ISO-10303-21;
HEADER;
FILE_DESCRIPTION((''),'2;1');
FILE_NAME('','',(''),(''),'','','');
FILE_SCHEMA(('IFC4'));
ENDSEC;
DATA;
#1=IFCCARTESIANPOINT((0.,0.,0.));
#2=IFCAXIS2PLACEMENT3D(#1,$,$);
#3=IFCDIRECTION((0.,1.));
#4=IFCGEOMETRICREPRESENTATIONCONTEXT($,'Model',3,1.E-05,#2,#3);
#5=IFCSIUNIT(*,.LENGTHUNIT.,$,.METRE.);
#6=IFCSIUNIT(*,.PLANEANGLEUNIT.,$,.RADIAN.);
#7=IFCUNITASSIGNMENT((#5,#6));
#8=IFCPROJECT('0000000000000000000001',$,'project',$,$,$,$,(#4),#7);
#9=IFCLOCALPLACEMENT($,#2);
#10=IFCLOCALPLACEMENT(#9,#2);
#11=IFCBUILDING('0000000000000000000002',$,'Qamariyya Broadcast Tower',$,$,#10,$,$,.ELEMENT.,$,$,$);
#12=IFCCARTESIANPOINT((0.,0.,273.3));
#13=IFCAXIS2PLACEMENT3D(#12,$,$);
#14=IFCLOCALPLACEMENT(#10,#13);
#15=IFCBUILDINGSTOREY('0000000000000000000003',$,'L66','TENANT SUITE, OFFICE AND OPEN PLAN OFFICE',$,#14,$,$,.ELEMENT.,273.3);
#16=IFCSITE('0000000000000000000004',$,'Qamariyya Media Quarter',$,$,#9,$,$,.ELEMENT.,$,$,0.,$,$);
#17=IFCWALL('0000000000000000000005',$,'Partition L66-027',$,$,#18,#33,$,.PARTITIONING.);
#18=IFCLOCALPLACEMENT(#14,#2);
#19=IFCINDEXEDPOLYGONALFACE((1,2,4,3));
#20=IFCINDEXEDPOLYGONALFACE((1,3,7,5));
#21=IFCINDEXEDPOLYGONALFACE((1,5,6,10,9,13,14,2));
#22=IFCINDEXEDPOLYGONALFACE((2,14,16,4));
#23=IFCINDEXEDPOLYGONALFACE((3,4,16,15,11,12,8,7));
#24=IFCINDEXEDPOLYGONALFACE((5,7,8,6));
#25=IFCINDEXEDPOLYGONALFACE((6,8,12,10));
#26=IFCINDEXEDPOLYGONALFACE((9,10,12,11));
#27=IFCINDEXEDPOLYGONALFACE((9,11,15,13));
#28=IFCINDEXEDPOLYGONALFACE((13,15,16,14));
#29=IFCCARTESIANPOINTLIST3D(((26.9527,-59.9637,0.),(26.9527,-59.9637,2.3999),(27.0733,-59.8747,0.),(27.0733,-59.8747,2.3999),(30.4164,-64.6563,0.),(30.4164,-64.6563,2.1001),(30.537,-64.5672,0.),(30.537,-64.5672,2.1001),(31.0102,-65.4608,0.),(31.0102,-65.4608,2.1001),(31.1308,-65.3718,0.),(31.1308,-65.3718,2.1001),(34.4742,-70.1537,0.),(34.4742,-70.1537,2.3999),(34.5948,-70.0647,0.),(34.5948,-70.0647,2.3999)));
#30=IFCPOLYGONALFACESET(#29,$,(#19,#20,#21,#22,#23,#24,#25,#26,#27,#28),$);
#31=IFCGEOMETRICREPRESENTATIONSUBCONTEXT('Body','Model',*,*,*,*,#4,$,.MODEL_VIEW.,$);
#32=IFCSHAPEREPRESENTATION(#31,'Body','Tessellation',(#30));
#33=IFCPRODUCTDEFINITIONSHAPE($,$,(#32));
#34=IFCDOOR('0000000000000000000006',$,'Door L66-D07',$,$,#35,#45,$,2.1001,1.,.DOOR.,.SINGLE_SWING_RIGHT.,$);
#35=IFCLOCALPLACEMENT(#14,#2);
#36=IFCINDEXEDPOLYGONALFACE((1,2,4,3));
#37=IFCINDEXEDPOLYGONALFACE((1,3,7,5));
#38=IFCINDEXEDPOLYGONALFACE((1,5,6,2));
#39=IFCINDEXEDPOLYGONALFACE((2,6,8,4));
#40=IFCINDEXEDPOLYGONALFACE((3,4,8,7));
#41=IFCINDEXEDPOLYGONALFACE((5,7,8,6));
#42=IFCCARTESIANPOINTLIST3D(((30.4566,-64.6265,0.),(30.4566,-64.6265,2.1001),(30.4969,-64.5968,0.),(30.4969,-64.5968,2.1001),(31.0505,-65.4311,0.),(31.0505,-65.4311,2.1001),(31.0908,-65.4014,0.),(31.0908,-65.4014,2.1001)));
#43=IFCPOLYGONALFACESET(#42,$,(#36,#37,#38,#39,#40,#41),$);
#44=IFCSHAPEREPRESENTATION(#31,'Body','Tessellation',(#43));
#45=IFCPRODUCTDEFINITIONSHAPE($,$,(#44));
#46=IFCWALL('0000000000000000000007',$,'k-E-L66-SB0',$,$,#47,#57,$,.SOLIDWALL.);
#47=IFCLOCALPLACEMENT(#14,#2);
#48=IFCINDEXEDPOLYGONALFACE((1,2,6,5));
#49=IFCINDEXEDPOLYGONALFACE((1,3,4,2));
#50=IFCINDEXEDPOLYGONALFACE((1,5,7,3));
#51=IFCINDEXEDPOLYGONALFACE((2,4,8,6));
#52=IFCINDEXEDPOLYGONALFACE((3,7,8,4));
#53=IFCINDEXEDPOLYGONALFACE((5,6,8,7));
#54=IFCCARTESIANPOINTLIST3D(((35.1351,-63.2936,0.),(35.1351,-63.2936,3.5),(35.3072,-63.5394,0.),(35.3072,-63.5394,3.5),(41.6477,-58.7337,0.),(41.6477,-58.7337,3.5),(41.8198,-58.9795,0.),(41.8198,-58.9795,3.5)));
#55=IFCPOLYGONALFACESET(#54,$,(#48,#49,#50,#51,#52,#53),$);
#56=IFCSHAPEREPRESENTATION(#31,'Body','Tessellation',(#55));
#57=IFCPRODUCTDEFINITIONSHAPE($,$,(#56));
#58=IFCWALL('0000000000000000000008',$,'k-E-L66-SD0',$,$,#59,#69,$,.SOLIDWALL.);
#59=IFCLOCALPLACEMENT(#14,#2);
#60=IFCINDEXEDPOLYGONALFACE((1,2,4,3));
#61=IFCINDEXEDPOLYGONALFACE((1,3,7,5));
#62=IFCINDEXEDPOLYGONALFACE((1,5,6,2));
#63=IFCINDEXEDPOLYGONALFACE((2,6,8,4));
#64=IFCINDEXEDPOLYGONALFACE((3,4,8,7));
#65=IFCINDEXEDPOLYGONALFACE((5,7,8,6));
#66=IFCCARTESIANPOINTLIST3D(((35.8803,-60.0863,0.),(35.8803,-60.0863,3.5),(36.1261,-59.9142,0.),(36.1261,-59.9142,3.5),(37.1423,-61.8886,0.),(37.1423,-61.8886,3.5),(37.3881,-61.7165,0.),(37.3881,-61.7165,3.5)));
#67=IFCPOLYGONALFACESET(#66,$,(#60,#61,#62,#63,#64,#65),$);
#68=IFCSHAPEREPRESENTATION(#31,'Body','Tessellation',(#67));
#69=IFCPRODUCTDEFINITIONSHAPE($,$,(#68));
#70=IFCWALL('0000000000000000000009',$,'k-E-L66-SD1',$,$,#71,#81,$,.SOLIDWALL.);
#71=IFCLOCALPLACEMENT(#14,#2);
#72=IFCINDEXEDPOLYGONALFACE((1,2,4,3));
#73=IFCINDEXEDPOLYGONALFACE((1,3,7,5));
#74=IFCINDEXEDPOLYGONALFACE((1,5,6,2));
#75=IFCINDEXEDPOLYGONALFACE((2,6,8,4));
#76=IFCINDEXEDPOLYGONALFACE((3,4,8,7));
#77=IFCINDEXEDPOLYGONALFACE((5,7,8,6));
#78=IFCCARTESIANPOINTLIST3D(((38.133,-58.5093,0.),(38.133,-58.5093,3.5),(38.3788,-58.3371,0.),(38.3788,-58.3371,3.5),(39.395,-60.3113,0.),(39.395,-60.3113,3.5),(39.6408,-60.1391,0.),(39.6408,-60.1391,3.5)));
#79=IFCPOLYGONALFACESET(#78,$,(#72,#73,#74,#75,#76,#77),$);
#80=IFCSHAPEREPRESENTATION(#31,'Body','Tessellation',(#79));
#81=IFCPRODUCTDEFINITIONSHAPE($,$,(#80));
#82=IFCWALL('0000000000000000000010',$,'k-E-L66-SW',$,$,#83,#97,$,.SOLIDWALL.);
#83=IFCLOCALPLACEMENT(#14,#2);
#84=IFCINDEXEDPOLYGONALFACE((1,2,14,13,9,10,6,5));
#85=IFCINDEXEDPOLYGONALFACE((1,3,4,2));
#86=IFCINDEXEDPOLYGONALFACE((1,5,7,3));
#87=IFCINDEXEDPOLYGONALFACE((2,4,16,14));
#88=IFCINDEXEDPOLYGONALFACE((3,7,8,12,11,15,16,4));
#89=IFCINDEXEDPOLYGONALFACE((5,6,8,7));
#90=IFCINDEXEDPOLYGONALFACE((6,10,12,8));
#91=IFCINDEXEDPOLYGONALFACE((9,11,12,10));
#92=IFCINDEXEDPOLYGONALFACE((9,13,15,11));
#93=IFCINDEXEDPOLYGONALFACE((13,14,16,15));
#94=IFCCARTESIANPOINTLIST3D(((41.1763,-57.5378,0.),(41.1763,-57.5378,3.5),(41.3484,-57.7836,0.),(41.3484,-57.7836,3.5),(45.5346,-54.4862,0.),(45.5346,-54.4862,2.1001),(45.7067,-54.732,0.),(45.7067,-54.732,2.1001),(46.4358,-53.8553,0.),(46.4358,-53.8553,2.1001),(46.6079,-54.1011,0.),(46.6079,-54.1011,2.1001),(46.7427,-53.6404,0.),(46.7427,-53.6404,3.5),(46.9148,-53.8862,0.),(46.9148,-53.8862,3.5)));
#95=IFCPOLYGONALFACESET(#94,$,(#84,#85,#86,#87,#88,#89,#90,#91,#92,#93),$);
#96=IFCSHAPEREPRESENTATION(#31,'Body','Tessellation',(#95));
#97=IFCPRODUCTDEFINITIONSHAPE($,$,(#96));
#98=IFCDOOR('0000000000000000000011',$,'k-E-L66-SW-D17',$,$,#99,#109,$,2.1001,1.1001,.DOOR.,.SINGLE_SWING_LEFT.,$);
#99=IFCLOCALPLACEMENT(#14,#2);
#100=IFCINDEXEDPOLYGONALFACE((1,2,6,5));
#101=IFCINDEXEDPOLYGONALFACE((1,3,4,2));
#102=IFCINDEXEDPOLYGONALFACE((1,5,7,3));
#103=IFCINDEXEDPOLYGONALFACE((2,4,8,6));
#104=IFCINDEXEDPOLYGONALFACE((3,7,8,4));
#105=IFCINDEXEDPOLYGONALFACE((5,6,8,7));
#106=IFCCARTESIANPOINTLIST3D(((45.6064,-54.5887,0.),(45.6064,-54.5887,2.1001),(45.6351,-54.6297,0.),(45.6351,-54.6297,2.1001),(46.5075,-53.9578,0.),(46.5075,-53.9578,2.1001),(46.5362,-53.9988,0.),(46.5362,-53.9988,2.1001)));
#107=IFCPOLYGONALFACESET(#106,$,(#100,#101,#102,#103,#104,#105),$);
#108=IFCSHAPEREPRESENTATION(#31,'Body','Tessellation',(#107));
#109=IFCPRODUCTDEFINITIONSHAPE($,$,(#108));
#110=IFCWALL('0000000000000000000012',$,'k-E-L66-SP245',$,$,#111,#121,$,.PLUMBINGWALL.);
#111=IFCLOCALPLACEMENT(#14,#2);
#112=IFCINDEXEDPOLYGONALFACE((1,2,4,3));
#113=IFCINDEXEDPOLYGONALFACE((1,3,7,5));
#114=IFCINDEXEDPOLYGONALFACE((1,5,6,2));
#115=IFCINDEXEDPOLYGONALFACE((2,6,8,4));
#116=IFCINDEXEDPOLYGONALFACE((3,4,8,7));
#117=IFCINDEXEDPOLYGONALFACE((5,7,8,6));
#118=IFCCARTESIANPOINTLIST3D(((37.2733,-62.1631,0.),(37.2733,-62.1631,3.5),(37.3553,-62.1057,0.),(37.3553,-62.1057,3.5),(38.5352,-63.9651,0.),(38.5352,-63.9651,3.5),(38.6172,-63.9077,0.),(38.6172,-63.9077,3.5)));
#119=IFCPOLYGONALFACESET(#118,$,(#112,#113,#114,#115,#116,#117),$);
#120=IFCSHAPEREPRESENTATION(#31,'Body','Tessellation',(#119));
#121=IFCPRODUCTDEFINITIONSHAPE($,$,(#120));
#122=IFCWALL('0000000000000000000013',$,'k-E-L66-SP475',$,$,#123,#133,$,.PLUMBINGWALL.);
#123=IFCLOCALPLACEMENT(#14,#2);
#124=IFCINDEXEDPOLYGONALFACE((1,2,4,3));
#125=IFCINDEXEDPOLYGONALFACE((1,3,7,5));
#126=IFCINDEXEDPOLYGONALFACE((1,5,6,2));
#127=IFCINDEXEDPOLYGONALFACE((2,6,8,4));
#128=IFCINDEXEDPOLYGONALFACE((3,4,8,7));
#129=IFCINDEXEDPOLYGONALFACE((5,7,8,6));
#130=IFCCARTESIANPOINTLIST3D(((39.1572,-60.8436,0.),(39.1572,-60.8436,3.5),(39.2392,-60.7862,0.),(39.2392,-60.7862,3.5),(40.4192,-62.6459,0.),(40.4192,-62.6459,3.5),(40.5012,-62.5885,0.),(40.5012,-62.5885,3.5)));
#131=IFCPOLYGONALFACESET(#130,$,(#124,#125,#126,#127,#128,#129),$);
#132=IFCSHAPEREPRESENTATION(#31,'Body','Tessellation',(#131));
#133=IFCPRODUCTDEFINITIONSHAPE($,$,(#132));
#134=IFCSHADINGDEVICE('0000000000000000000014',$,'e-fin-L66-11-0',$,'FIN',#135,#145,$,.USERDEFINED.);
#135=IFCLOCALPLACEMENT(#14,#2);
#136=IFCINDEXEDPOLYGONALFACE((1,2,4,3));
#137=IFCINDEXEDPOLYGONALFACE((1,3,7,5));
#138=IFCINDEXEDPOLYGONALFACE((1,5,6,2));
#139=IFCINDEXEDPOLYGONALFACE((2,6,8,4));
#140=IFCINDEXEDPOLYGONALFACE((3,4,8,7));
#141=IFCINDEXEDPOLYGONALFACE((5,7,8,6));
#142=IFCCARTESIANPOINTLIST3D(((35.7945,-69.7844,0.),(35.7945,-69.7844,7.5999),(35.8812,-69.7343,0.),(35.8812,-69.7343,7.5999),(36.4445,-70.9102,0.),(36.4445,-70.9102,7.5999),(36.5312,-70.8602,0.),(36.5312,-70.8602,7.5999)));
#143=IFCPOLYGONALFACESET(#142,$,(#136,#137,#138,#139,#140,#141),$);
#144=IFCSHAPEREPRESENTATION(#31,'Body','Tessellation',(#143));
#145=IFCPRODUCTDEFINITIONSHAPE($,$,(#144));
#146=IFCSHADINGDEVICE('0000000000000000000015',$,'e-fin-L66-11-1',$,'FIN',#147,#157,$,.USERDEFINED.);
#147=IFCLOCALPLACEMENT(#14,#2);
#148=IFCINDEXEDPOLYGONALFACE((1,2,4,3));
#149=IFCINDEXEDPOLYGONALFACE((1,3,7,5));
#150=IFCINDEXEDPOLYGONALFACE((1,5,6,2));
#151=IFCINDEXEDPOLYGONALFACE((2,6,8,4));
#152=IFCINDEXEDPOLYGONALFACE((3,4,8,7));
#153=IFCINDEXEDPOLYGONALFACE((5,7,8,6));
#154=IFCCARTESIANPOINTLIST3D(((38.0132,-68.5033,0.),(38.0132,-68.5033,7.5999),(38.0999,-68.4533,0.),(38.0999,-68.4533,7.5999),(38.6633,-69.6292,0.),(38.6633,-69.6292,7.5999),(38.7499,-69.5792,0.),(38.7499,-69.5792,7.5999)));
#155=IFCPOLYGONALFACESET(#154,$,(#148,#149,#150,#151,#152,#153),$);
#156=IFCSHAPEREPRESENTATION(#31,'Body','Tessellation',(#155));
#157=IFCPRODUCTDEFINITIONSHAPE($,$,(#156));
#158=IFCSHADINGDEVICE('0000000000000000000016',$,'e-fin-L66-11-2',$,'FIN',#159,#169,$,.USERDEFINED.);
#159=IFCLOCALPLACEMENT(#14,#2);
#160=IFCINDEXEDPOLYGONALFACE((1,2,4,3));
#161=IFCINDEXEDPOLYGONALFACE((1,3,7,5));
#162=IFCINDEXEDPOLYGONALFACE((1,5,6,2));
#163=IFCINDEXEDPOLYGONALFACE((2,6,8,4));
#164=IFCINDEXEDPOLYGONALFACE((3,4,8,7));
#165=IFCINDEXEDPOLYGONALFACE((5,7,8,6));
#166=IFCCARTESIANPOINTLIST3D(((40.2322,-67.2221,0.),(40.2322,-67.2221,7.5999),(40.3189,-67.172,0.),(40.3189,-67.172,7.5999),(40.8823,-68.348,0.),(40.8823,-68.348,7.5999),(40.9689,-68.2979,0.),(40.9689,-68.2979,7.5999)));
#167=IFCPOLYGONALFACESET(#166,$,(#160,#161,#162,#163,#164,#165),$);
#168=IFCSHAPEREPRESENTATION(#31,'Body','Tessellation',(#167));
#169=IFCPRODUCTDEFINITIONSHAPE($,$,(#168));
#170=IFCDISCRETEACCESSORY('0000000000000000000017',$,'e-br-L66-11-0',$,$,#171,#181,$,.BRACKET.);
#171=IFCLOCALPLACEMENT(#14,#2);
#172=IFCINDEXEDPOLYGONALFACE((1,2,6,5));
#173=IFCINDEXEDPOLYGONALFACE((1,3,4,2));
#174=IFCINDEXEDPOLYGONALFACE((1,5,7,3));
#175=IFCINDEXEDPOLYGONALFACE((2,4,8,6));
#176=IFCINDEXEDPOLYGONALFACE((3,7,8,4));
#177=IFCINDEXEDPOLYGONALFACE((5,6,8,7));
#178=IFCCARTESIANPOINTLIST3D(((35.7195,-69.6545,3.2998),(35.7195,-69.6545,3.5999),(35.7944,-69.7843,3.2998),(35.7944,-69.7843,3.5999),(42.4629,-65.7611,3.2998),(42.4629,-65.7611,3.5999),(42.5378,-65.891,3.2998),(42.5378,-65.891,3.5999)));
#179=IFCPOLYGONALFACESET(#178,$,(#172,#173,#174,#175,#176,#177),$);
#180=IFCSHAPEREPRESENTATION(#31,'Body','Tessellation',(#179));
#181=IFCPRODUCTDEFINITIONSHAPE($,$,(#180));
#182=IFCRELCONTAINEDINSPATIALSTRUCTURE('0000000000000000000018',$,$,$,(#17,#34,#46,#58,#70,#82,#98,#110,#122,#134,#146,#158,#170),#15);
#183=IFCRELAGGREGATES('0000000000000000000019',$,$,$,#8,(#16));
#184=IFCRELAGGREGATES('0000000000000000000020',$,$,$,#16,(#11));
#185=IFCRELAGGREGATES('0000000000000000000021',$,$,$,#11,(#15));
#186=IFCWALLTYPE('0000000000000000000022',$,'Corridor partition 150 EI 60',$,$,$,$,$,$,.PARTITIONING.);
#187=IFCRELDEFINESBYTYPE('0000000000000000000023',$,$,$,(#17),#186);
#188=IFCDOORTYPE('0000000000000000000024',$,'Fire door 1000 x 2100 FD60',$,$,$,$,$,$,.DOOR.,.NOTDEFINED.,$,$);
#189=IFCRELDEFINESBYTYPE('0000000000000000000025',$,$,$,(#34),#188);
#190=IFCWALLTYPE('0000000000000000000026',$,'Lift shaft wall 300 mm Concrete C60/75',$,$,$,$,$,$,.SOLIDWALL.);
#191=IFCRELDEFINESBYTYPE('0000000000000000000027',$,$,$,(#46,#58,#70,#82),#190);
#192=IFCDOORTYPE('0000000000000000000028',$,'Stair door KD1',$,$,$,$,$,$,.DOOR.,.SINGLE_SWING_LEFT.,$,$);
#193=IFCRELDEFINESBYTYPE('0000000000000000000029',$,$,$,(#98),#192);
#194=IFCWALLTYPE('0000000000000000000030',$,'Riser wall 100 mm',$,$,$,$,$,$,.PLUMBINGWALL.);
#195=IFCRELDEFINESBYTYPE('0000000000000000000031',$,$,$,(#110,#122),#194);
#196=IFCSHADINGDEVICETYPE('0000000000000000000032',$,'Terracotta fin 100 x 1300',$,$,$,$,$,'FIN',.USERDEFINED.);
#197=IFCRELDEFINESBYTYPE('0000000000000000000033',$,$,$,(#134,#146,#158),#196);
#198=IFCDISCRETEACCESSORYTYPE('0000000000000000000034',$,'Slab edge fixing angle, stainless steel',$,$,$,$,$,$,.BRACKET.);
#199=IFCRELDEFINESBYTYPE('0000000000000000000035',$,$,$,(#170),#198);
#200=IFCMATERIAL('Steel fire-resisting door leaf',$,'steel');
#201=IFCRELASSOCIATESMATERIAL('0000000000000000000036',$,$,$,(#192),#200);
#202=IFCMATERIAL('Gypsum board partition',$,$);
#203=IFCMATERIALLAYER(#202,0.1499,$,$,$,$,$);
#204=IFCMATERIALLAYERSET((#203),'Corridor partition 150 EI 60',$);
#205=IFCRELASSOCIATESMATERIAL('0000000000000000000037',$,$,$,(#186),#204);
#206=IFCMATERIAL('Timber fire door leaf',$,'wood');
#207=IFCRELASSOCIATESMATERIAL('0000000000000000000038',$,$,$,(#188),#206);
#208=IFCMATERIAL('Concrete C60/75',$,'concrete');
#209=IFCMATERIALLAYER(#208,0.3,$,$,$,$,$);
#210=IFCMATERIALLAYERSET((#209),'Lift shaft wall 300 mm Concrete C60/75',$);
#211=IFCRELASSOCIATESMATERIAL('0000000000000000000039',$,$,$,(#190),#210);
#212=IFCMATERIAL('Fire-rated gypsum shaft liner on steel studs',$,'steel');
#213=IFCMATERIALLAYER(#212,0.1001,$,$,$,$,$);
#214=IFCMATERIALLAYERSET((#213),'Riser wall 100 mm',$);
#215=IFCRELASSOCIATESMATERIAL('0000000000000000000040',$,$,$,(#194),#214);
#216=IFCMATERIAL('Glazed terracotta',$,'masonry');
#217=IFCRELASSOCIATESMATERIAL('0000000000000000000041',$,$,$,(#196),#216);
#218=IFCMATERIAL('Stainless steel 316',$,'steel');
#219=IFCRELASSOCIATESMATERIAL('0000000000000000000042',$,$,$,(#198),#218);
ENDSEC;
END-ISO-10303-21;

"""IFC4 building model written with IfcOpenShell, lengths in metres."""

from ifc_helpers import new_model, si_unit, direction, frame, frame_2d, origin, origin_2d, place, context, subcontext, project, spatial, rectangle, extrude, material, layer, layer_set, material_profile, profile_set, type_object, element, fill, save


model = new_model("IFC4")

# Units and contexts
model_context = context("Model", 3, precision=1e-05, world=origin(), true_north=direction((0.0, 1.0)))
body_context = subcontext(model_context, "Body", "Model", "MODEL_VIEW")
ifc_project = project(units=[si_unit("LENGTHUNIT", "METRE"), si_unit("PLANEANGLEUNIT", "RADIAN")], contexts=[model_context])

# Site, building, storey
site_placement = place(None, origin())
site = spatial("IfcSite", under=ifc_project, at=site_placement, Name="Qamariyya Media Quarter", CompositionType="ELEMENT", RefElevation=0.0)
building_placement = place(site_placement, origin())
building = spatial("IfcBuilding", under=site, at=building_placement, Name="Qamariyya Broadcast Tower", CompositionType="ELEMENT")
storey_placement = place(building_placement, frame((0.0, 0.0, 273.3)))
storey = spatial("IfcBuildingStorey", under=building, at=storey_placement, Name="L66", Description="TENANT SUITE, OFFICE AND OPEN PLAN OFFICE", CompositionType="ELEMENT", Elevation=273.3)

# Shared definitions
ifc_material_1 = material(Name="Concrete C60/75", Category="concrete")
ifc_material_2 = material(Name="Steel fire-resisting door leaf", Category="steel")

# Shared definitions
door_type_1 = type_object("IfcDoorType", Name="Stair door KD1", OperationType="SINGLE_SWING_LEFT", PredefinedType="DOOR", material=ifc_material_2)

# Wall, opening, door
ifc_material_3 = material(Name="Gypsum board partition")
ifc_layer_1 = layer(ifc_material_3, 0.1499)
ifc_layer_set_1 = layer_set([ifc_layer_1], Name="Corridor partition 150 EI 60")
wall_type_1 = type_object("IfcWallType", Name="Corridor partition 150 EI 60", PredefinedType="PARTITIONING", material=ifc_layer_set_1)
wall_1_placement = place(storey_placement, frame((34.5344, -70.1091, 0.0), z_axis=(0.0, 0.0, 1.0), x_axis=(-0.59387, 0.804561, 0.0)))
wall_1 = element("IfcWall", 1, at=wall_1_placement, inside=storey, type_object=wall_type_1, Name="Partition L66-027", PredefinedType="PARTITIONING", context=body_context, shape_type="SweptSolid", body=[
    extrude(rectangle(XDim=12.6653, YDim=0.1499, at=frame_2d((6.3325, 0.0))), origin(), (0.0, 0.0, 1.0), 2.3999),
])
opening_1_placement = place(wall_1_placement, frame((5.8328, 0.0, 0.0)))
opening_1 = element("IfcOpeningElement", 2, at=opening_1_placement, cuts=wall_1, PredefinedType="OPENING", context=body_context, shape_type="SweptSolid", body=[
    extrude(rectangle(XDim=1.0, YDim=2.1001, at=frame_2d((0.5, 1.05))), frame((0.0, 0.085, 0.0), z_axis=(0.0, -1.0, 0.0), x_axis=(1.0, 0.0, 0.0)), (0.0, 0.0, 1.0), 0.1699),
])
ifc_material_4 = material(Name="Timber fire door leaf", Category="wood")
door_type_2 = type_object("IfcDoorType", Name="Fire door 1000 x 2100 FD60", OperationType="NOTDEFINED", PredefinedType="DOOR", material=ifc_material_4)
door_1_placement = place(opening_1_placement, origin())
door_1 = element("IfcDoor", 3, at=door_1_placement, inside=storey, type_object=door_type_2, Name="Door L66-D07", OperationType="SINGLE_SWING_RIGHT", OverallHeight=2.1001, OverallWidth=1.0, PredefinedType="DOOR", context=body_context, shape_type="SweptSolid", body=[
    extrude(rectangle(XDim=1.0, YDim=2.1001, at=frame_2d((0.5, 1.05))), frame((0.0, 0.0249, 0.0), z_axis=(0.0, -1.0, 0.0), x_axis=(1.0, 0.0, 0.0)), (0.0, 0.0, 1.0), 0.05),
])
fill(opening_1, door_1)

# Walls
ifc_layer_2 = layer(ifc_material_1, 0.3)
ifc_layer_set_2 = layer_set([ifc_layer_2], Name="Lift shaft wall 300 mm Concrete C60/75")
wall_type_2 = type_object("IfcWallType", Name="Lift shaft wall 300 mm Concrete C60/75", PredefinedType="SOLIDWALL", material=ifc_layer_set_2)
wall_2_placement = place(storey_placement, frame((35.2212, -63.4165, 0.0), z_axis=(0.0, 0.0, 1.0), x_axis=(0.819167, 0.573555, 0.0)))
element("IfcWall", 4, at=wall_2_placement, inside=storey, type_object=wall_type_2, Name="k-E-L66-SB0", PredefinedType="SOLIDWALL", context=body_context, shape_type="SweptSolid", body=[
    extrude(rectangle(XDim=7.9502, YDim=0.3, at=frame_2d((3.9751, 0.0))), origin(), (0.0, 0.0, 1.0), 3.5),
])
wall_3_placement = place(storey_placement, frame((36.0032, -60.0002, 0.0), z_axis=(0.0, 0.0, 1.0), x_axis=(0.573581, -0.819149, 0.0)))
element("IfcWall", 5, at=wall_3_placement, inside=storey, type_object=wall_type_2, Name="k-E-L66-SD0", PredefinedType="SOLIDWALL", context=body_context, shape_type="SweptSolid", body=[
    extrude(rectangle(XDim=2.2002, YDim=0.3, at=frame_2d((1.1001, 0.0))), origin(), (0.0, 0.0, 1.0), 3.5),
])
wall_4_placement = place(storey_placement, frame((38.2559, -58.4231, 0.0), z_axis=(0.0, 0.0, 1.0), x_axis=(0.573634, -0.819112, 0.0)))
element("IfcWall", 6, at=wall_4_placement, inside=storey, type_object=wall_type_2, Name="k-E-L66-SD1", PredefinedType="SOLIDWALL", context=body_context, shape_type="SweptSolid", body=[
    extrude(rectangle(XDim=2.2, YDim=0.3, at=frame_2d((1.1001, 0.0))), origin(), (0.0, 0.0, 1.0), 3.5),
])

# Wall, opening, door
wall_5_placement = place(storey_placement, frame((41.2625, -57.6606, 0.0), z_axis=(0.0, 0.0, 1.0), x_axis=(0.819164, 0.573559, 0.0)))
wall_5 = element("IfcWall", 7, at=wall_5_placement, inside=storey, type_object=wall_type_2, Name="k-E-L66-SW", PredefinedType="SOLIDWALL", context=body_context, shape_type="SweptSolid", body=[
    extrude(rectangle(XDim=6.7952, YDim=0.3, at=frame_2d((3.3975, 0.0))), origin(), (0.0, 0.0, 1.0), 3.5),
])
opening_2_placement = place(wall_5_placement, frame((5.3203, 0.0, 0.0)))
opening_2 = element("IfcOpeningElement", 8, at=opening_2_placement, cuts=wall_5, PredefinedType="OPENING", context=body_context, shape_type="SweptSolid", body=[
    extrude(rectangle(XDim=1.1001, YDim=2.1001, at=frame_2d((0.55, 1.05))), frame((0.0, 0.1599, 0.0), z_axis=(0.0, -1.0, 0.0), x_axis=(1.0, 0.0, 0.0)), (0.0, 0.0, 1.0), 0.3201),
])
door_2_placement = place(opening_2_placement, origin())
door_2 = element("IfcDoor", 9, at=door_2_placement, inside=storey, type_object=door_type_1, Name="k-E-L66-SW-D17", OperationType="SINGLE_SWING_LEFT", OverallHeight=2.1001, OverallWidth=1.1001, PredefinedType="DOOR", context=body_context, shape_type="SweptSolid", body=[
    extrude(rectangle(XDim=1.1001, YDim=2.1001, at=frame_2d((0.55, 1.05))), frame((0.0, 0.0249, 0.0), z_axis=(0.0, -1.0, 0.0), x_axis=(1.0, 0.0, 0.0)), (0.0, 0.0, 1.0), 0.05),
])
fill(opening_2, door_2)

# Walls
ifc_material_5 = material(Name="Fire-rated gypsum shaft liner on steel studs", Category="steel")
ifc_layer_3 = layer(ifc_material_5, 0.1001)
ifc_layer_set_3 = layer_set([ifc_layer_3], Name="Riser wall 100 mm")
wall_type_3 = type_object("IfcWallType", Name="Riser wall 100 mm", PredefinedType="PLUMBINGWALL", material=ifc_layer_set_3)
wall_6_placement = place(storey_placement, frame((37.3142, -62.1343, 0.0), z_axis=(0.0, 0.0, 1.0), x_axis=(0.573634, -0.819112, 0.0)))
element("IfcWall", 10, at=wall_6_placement, inside=storey, type_object=wall_type_3, Name="k-E-L66-SP245", PredefinedType="PLUMBINGWALL", context=body_context, shape_type="SweptSolid", body=[
    extrude(rectangle(XDim=2.2, YDim=0.1001, at=frame_2d((1.1001, 0.0))), origin(), (0.0, 0.0, 1.0), 3.5),
])
wall_7_placement = place(storey_placement, frame((39.1982, -60.8149, 0.0), z_axis=(0.0, 0.0, 1.0), x_axis=(0.573581, -0.819149, 0.0)))
element("IfcWall", 11, at=wall_7_placement, inside=storey, type_object=wall_type_3, Name="k-E-L66-SP475", PredefinedType="PLUMBINGWALL", context=body_context, shape_type="SweptSolid", body=[
    extrude(rectangle(XDim=2.2002, YDim=0.1001, at=frame_2d((1.1001, 0.0))), origin(), (0.0, 0.0, 1.0), 3.5),
])

# Shading devices
ifc_material_6 = material(Name="Glazed terracotta", Category="masonry")
ifc_material_profile_1 = material_profile(ifc_material_6, rectangle(XDim=1.3, YDim=0.1001, at=origin_2d()))
ifc_profile_set_1 = profile_set([ifc_material_profile_1], Name="Glazed terracotta")
shading_device_type_1 = type_object("IfcShadingDeviceType", Name="Terracotta fin 100 x 1300", ElementType="FIN", PredefinedType="USERDEFINED", material=ifc_profile_set_1)
for number, where, z_axis, x_axis, name in (
    (12, (36.1628, -70.3223, 0.0), (0.0, 0.0, 1.0), (0.5, -0.866025, 0.0), "e-fin-L66-11-0"),
    (13, (38.3816, -69.0413, 0.0), (0.0, 0.0, 1.0), (0.5, -0.866025, 0.0), "e-fin-L66-11-1"),
    (14, (40.6006, -67.76, 0.0), (0.0, 0.0, 1.0), (0.5, -0.866025, 0.0), "e-fin-L66-11-2"),
):
    element("IfcShadingDevice", number, at=place(storey_placement, frame(where, z_axis=z_axis, x_axis=x_axis)), inside=storey, type_object=shading_device_type_1, Name=name, ObjectType="FIN", PredefinedType="USERDEFINED", context=body_context, shape_type="SweptSolid", body=[
        extrude(rectangle(XDim=1.3, YDim=0.1001, at=origin_2d()), origin(), (0.0, 0.0, 1.0), 7.5999),
    ])

# Discrete accessory
ifc_material_7 = material(Name="Stainless steel 316", Category="steel")
discrete_accessory_type = type_object("IfcDiscreteAccessoryType", Name="Slab edge fixing angle, stainless steel", PredefinedType="BRACKET", material=ifc_material_7)
discrete_accessory_placement = place(storey_placement, frame((39.1287, -67.7727, 3.2998), z_axis=(0.0, 0.0, 1.0), x_axis=(0.866025, 0.5, 0.0)))
element("IfcDiscreteAccessory", 15, at=discrete_accessory_placement, inside=storey, type_object=discrete_accessory_type, Name="e-br-L66-11-0", PredefinedType="BRACKET", context=body_context, shape_type="SweptSolid", body=[
    extrude(rectangle(XDim=7.7866, YDim=0.1499, at=origin_2d()), origin(), (0.0, 0.0, 1.0), 0.3),
])

save(model, "model.ifc")
